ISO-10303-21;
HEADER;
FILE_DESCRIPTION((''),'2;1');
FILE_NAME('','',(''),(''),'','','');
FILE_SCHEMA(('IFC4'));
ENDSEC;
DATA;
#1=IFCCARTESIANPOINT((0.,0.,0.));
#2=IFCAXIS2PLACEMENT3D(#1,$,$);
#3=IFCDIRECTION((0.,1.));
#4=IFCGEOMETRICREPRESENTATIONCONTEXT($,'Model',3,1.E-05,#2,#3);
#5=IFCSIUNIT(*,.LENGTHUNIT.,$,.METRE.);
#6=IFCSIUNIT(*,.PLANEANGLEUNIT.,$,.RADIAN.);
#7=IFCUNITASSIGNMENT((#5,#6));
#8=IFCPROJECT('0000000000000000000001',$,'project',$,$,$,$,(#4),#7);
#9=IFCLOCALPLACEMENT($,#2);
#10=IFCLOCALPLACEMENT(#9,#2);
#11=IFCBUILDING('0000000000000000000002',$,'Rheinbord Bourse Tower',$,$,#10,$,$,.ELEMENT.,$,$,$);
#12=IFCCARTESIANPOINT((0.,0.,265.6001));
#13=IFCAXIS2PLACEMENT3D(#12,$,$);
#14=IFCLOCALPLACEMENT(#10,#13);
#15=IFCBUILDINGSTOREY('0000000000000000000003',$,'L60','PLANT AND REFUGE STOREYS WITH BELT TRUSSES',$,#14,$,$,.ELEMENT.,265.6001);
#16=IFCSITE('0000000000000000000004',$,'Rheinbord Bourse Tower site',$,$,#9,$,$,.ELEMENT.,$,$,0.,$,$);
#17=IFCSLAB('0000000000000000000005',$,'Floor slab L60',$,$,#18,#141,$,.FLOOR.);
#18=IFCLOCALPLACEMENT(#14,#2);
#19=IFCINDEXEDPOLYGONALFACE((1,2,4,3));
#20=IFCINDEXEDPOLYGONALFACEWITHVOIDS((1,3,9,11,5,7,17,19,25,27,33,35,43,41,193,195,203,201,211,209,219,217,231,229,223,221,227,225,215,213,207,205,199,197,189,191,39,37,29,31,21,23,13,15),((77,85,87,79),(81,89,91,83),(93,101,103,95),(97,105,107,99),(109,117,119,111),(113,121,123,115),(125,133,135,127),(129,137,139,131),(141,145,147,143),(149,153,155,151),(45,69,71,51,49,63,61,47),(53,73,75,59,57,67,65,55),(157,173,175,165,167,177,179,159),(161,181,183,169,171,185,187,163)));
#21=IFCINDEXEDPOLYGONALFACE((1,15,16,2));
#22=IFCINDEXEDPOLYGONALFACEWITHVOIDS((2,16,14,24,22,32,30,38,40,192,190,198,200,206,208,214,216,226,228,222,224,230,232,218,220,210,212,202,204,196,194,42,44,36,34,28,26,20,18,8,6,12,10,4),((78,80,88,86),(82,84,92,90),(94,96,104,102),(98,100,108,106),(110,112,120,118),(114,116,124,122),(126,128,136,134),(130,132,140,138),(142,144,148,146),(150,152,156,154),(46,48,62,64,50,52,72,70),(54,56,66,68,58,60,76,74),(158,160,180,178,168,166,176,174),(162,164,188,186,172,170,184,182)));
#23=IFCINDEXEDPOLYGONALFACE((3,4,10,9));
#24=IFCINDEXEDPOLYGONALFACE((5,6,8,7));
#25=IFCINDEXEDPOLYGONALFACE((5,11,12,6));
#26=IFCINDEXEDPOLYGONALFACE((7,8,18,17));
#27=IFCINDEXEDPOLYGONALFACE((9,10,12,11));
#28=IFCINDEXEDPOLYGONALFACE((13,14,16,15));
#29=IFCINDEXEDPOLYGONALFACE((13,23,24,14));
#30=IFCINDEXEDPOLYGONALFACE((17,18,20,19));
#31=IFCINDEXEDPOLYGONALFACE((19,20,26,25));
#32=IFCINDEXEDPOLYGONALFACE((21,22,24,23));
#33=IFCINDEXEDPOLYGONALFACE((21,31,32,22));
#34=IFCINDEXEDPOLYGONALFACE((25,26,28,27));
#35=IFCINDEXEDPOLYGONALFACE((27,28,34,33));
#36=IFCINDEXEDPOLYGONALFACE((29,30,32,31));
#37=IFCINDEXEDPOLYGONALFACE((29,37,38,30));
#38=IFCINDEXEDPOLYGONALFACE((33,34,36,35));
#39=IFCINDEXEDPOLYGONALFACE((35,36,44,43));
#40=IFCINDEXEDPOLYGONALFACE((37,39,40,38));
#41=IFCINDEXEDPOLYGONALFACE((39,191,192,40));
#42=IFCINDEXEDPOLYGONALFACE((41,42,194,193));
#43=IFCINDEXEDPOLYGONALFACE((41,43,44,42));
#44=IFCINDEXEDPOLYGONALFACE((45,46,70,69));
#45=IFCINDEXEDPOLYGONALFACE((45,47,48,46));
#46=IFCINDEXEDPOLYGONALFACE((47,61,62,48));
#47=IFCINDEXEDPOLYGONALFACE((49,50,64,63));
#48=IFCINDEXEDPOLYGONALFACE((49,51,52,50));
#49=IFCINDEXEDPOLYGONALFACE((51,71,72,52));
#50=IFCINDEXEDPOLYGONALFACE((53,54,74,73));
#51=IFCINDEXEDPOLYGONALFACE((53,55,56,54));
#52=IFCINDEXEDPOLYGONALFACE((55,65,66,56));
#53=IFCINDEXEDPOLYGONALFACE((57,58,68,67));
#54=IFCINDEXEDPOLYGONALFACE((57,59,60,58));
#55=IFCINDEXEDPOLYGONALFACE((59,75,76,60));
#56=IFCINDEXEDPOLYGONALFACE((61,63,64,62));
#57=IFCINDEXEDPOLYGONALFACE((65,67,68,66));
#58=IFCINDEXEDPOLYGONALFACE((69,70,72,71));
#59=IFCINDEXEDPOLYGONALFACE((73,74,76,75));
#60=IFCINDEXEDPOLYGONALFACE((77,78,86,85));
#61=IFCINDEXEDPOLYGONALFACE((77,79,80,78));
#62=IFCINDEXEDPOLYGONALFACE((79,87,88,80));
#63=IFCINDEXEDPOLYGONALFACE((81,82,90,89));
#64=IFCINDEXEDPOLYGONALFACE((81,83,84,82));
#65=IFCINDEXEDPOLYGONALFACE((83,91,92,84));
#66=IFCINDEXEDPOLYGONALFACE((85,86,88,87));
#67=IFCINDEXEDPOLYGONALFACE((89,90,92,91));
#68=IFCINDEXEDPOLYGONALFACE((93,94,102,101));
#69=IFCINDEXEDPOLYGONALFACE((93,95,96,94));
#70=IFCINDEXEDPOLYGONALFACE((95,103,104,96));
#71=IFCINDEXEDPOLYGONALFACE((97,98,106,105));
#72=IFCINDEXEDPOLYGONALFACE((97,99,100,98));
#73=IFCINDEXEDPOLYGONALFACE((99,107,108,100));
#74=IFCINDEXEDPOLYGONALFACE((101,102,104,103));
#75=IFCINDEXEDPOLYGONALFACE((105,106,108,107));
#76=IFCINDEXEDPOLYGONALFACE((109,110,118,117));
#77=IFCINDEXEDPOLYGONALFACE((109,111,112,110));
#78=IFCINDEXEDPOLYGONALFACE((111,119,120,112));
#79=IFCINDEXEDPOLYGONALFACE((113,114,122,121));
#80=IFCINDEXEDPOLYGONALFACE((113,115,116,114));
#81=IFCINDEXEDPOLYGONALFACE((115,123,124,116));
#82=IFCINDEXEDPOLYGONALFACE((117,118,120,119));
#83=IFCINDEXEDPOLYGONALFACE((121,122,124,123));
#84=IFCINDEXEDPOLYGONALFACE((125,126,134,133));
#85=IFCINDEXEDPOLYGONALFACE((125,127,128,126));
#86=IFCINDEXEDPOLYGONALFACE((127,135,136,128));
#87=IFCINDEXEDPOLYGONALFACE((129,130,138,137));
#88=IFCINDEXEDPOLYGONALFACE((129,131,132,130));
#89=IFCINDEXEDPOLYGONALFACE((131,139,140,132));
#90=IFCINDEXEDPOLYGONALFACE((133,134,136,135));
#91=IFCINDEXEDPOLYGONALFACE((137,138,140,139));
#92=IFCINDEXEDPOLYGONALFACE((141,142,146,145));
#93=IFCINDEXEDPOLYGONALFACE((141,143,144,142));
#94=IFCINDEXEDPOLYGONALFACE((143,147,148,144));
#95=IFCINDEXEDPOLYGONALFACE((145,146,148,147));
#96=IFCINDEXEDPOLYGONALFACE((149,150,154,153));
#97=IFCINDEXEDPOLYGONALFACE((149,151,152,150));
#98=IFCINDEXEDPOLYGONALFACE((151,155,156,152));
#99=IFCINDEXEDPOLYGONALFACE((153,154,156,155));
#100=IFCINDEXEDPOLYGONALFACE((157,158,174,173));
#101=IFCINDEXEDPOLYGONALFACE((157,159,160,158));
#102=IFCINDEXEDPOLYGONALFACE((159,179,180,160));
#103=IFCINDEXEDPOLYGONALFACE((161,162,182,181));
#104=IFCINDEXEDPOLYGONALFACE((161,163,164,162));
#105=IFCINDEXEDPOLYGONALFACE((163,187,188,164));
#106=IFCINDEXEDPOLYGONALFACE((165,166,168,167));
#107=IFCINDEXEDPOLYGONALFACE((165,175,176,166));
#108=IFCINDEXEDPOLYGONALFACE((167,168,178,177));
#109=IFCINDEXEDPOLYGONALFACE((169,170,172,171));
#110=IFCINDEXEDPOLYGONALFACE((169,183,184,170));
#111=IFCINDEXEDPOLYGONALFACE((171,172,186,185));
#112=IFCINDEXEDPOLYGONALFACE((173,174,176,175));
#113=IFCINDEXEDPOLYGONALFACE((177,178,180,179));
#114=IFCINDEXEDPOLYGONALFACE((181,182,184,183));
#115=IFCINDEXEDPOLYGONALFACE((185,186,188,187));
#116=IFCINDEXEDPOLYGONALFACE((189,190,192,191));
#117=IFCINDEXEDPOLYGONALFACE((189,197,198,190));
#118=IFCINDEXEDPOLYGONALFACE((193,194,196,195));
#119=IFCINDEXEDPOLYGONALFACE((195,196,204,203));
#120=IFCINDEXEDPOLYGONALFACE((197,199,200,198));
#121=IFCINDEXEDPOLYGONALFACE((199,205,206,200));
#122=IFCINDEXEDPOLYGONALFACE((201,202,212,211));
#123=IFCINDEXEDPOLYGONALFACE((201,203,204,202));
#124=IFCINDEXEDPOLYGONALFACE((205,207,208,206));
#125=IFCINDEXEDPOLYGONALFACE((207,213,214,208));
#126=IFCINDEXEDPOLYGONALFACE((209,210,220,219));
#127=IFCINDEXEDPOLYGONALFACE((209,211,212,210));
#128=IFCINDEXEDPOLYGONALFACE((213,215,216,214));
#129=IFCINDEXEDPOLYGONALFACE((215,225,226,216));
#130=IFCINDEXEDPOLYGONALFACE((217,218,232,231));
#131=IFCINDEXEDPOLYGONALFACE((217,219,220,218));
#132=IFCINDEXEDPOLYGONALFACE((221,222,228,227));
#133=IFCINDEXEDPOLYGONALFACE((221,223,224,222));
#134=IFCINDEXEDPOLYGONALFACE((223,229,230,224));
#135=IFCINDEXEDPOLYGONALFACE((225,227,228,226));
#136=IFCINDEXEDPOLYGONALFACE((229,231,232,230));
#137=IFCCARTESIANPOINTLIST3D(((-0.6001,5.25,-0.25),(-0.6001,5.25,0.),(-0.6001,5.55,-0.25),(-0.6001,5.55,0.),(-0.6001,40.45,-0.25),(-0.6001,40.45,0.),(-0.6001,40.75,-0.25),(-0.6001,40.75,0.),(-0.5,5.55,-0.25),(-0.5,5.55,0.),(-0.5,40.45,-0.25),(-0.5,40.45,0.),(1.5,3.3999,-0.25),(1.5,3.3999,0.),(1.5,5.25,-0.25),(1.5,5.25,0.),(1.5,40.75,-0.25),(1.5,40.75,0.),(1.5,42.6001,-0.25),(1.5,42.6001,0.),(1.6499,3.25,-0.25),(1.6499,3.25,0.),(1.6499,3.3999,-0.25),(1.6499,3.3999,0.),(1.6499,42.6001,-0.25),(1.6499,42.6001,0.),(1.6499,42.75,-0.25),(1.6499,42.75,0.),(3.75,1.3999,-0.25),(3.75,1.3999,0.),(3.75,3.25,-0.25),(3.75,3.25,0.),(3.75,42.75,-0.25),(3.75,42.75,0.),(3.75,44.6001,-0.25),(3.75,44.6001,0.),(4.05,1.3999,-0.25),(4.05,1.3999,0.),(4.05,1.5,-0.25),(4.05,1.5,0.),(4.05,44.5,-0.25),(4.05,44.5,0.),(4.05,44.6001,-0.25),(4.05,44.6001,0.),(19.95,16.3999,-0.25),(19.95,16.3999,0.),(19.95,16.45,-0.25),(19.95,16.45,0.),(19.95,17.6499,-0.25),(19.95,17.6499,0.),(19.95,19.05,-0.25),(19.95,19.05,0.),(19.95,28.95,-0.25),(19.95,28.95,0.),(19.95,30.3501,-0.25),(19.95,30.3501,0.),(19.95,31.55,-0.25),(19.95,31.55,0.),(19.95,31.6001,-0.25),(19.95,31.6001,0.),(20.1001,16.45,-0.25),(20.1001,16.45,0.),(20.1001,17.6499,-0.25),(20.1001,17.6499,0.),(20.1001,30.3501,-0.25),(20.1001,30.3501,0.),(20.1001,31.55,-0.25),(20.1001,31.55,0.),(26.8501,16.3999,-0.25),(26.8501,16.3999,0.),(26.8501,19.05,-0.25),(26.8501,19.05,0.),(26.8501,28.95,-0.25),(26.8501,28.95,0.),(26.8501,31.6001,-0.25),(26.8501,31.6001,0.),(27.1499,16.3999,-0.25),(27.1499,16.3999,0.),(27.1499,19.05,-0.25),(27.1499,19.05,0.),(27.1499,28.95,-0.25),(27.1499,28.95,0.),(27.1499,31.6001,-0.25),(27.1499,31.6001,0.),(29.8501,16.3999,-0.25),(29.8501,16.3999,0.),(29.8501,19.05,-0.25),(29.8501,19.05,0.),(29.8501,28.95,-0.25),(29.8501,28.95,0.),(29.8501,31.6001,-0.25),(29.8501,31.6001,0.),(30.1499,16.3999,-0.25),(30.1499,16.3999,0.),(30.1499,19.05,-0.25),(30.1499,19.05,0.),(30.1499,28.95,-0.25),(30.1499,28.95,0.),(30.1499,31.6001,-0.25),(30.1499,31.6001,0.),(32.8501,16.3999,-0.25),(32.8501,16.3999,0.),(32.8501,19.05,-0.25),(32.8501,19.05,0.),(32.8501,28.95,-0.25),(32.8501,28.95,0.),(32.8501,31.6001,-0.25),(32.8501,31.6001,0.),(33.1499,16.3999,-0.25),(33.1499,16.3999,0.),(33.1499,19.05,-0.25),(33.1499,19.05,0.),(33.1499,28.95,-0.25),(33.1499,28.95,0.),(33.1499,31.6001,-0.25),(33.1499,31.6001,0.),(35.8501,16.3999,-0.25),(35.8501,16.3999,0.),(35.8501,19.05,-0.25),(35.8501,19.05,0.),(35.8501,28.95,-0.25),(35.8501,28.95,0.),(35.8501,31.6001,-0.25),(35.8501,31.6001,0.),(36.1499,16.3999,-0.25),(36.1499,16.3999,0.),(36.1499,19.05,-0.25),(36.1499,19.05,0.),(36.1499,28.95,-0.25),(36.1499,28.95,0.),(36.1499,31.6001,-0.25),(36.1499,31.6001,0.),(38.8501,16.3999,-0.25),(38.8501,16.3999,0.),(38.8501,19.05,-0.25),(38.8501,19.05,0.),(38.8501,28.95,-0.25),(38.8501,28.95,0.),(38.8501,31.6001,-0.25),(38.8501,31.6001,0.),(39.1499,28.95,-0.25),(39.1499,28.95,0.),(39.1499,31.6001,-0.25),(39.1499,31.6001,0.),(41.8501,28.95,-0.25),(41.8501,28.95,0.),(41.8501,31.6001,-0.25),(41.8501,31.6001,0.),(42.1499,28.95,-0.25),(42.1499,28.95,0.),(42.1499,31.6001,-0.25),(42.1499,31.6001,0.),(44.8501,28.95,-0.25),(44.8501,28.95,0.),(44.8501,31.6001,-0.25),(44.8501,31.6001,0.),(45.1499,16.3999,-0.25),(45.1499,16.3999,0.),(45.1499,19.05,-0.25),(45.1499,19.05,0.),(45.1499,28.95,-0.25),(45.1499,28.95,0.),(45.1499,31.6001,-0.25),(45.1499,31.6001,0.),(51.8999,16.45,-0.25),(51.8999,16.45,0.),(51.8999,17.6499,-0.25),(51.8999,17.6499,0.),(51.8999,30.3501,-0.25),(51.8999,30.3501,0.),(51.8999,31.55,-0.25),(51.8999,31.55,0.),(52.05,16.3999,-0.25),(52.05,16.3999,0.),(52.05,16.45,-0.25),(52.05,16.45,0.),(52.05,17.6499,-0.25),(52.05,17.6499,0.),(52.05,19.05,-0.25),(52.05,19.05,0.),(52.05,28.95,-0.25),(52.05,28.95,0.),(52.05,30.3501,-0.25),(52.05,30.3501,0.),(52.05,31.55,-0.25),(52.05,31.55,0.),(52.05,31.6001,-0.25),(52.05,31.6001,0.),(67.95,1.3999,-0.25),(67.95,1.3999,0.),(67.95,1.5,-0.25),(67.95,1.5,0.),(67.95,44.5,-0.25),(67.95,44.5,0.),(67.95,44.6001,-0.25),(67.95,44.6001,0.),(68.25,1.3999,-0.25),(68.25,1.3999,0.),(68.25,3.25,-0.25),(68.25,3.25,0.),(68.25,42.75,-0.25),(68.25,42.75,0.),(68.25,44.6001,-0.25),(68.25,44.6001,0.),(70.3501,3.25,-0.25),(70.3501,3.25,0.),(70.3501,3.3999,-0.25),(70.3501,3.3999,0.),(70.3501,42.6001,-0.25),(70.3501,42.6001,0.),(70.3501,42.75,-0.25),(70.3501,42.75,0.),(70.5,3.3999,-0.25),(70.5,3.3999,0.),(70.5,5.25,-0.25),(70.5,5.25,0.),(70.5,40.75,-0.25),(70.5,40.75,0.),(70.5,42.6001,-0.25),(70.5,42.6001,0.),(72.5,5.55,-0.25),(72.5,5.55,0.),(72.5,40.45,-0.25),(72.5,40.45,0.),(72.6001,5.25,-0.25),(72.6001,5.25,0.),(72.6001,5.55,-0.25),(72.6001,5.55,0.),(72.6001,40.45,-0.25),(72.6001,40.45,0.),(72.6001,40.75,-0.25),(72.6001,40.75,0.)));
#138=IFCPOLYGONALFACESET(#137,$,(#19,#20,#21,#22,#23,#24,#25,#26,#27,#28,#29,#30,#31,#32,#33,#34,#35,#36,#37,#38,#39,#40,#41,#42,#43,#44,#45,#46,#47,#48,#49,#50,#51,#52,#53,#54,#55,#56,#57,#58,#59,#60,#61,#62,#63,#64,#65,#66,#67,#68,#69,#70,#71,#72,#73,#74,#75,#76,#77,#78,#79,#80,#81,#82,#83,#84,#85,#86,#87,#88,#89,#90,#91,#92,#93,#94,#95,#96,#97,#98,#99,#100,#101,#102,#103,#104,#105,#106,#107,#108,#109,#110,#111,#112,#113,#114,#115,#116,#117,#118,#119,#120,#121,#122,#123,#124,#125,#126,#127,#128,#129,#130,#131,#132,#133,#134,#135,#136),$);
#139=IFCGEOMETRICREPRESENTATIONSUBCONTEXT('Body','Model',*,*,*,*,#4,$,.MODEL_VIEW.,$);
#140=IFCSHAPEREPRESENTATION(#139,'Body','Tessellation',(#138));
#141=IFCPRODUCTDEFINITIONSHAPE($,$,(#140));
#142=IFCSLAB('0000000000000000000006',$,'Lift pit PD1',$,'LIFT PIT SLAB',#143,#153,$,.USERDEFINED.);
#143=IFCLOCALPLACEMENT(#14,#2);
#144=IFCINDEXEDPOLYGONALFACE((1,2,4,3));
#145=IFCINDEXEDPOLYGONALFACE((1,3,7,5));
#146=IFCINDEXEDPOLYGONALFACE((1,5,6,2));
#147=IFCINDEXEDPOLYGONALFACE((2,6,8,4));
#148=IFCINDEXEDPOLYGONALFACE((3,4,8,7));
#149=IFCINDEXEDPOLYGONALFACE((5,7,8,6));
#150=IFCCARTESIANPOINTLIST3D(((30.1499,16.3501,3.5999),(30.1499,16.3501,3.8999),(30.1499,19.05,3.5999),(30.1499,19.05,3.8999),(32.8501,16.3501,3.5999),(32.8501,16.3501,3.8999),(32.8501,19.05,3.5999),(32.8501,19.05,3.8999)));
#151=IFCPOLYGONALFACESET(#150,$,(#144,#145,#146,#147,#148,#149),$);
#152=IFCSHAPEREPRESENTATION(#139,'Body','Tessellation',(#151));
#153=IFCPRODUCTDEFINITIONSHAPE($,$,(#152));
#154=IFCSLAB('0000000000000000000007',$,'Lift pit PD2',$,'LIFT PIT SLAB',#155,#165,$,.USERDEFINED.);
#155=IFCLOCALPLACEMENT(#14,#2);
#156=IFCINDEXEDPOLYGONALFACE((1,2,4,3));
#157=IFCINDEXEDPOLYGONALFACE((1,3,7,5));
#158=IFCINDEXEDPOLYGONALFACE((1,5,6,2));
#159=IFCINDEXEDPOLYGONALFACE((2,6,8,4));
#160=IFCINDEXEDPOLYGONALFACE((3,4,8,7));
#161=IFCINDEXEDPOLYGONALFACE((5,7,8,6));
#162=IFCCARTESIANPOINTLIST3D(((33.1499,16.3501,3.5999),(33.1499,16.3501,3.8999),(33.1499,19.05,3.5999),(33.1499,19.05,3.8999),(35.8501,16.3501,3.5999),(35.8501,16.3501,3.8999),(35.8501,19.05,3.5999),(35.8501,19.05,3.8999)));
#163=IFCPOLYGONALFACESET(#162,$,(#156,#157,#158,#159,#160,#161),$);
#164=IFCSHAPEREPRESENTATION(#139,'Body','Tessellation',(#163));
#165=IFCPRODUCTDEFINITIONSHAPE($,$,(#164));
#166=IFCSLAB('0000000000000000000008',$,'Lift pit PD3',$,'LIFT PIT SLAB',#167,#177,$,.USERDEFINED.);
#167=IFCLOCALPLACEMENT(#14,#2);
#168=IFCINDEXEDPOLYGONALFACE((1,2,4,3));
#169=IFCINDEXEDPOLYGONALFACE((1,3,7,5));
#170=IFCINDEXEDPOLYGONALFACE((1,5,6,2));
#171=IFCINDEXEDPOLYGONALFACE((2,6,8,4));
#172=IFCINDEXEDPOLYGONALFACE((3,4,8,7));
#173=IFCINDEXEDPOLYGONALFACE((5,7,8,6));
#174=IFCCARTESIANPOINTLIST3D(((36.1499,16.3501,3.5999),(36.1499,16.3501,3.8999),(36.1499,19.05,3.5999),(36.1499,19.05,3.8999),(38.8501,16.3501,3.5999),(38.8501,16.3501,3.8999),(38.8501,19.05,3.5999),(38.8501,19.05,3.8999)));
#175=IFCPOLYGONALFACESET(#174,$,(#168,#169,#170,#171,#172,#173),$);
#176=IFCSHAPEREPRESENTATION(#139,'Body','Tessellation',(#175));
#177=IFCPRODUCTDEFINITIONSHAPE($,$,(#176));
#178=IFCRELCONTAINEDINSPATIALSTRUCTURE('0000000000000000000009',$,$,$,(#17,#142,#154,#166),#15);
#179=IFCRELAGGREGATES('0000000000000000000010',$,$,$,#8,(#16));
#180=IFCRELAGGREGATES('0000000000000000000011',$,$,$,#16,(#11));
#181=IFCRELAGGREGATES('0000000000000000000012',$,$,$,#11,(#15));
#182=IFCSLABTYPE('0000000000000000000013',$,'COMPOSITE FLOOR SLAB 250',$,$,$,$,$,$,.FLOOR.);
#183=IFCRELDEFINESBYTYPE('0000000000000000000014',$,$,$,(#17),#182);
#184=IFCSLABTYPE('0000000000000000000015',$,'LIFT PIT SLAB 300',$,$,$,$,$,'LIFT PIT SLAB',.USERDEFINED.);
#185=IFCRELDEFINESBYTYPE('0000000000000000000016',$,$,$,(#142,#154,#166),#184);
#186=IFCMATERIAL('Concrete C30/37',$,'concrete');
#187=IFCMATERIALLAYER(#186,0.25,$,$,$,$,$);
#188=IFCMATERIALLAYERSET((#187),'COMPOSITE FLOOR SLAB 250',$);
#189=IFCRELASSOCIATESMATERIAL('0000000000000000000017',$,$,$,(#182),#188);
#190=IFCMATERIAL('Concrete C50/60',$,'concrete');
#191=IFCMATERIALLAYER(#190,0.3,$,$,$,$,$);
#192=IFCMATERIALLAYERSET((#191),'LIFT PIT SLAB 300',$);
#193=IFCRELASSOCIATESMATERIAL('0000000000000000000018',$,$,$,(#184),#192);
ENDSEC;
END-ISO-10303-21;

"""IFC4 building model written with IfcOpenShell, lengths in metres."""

from ifc_helpers import new_model, si_unit, direction, frame, origin, place, context, subcontext, project, spatial, polyline, outline, extrude, material, layer, layer_set, type_object, element, save


model = new_model("IFC4")

# Units and contexts
model_context = context("Model", 3, precision=1e-05, world=origin(), true_north=direction((0.0, 1.0)))
body_context = subcontext(model_context, "Body", "Model", "MODEL_VIEW")
ifc_project = project(units=[si_unit("LENGTHUNIT", "METRE"), si_unit("PLANEANGLEUNIT", "RADIAN")], contexts=[model_context])

# Site, building, storey
site_placement = place(None, origin())
site = spatial("IfcSite", under=ifc_project, at=site_placement, Name="Rheinbord Bourse Tower site", CompositionType="ELEMENT", RefElevation=0.0)
building_placement = place(site_placement, origin())
building = spatial("IfcBuilding", under=site, at=building_placement, Name="Rheinbord Bourse Tower", CompositionType="ELEMENT")
storey_placement = place(building_placement, frame((0.0, 0.0, 265.6001)))
storey = spatial("IfcBuildingStorey", under=building, at=storey_placement, Name="L60", Description="PLANT AND REFUGE STOREYS WITH BELT TRUSSES", CompositionType="ELEMENT", Elevation=265.6001)

# Slabs
ifc_material_1 = material(Name="Concrete C30/37", Category="concrete")
ifc_layer_1 = layer(ifc_material_1, 0.25)
ifc_layer_set_1 = layer_set([ifc_layer_1], Name="COMPOSITE FLOOR SLAB 250")
slab_type_1 = type_object("IfcSlabType", Name="COMPOSITE FLOOR SLAB 250", PredefinedType="FLOOR", material=ifc_layer_set_1)
slab_1_placement = place(storey_placement, frame((0.0, 0.0, -0.25)))
element("IfcSlab", 1, at=slab_1_placement, inside=storey, type_object=slab_type_1, Name="Floor slab L60", PredefinedType="FLOOR", context=body_context, shape_type="SweptSolid", body=[
    extrude(outline(polyline([(1.6499, 3.3999), (1.5, 3.3999), (1.5, 5.25), (-0.6001, 5.25), (-0.6001, 5.55), (-0.5, 5.55), (-0.5, 40.45), (-0.6001, 40.45), (-0.6001, 40.75), (1.5, 40.75), (1.5, 42.6001), (1.6499, 42.6001), (1.6499, 42.75), (3.75, 42.75), (3.75, 44.6001), (4.05, 44.6001), (4.05, 44.5), (67.95, 44.5), (67.95, 44.6001), (68.25, 44.6001), (68.25, 42.75), (70.3501, 42.75), (70.3501, 42.6001), (70.5, 42.6001), (70.5, 40.75), (72.6001, 40.75), (72.6001, 40.45), (72.5, 40.45), (72.5, 5.55), (72.6001, 5.55), (72.6001, 5.25), (70.5, 5.25), (70.5, 3.3999), (70.3501, 3.3999), (70.3501, 3.25), (68.25, 3.25), (68.25, 1.3999), (67.95, 1.3999), (67.95, 1.5), (4.05, 1.5), (4.05, 1.3999), (3.75, 1.3999), (3.75, 3.25), (1.6499, 3.25), (1.6499, 3.3999)]), holes=[polyline([(19.95, 19.05), (26.8501, 19.05), (26.8501, 16.3999), (19.95, 16.3999), (19.95, 16.45), (20.1001, 16.45), (20.1001, 17.6499), (19.95, 17.6499), (19.95, 19.05)]), polyline([(19.95, 31.6001), (26.8501, 31.6001), (26.8501, 28.95), (19.95, 28.95), (19.95, 30.3501), (20.1001, 30.3501), (20.1001, 31.55), (19.95, 31.55), (19.95, 31.6001)]), polyline([(52.05, 16.3999), (45.1499, 16.3999), (45.1499, 19.05), (52.05, 19.05), (52.05, 17.6499), (51.8999, 17.6499), (51.8999, 16.45), (52.05, 16.45), (52.05, 16.3999)]), polyline([(52.05, 28.95), (45.1499, 28.95), (45.1499, 31.6001), (52.05, 31.6001), (52.05, 31.55), (51.8999, 31.55), (51.8999, 30.3501), (52.05, 30.3501), (52.05, 28.95)]), polyline([(27.1499, 16.3999), (27.1499, 19.05), (29.8501, 19.05), (29.8501, 16.3999), (27.1499, 16.3999)]), polyline([(27.1499, 28.95), (27.1499, 31.6001), (29.8501, 31.6001), (29.8501, 28.95), (27.1499, 28.95)]), polyline([(30.1499, 16.3999), (30.1499, 19.05), (32.8501, 19.05), (32.8501, 16.3999), (30.1499, 16.3999)]), polyline([(30.1499, 28.95), (30.1499, 31.6001), (32.8501, 31.6001), (32.8501, 28.95), (30.1499, 28.95)]), polyline([(33.1499, 16.3999), (33.1499, 19.05), (35.8501, 19.05), (35.8501, 16.3999), (33.1499, 16.3999)]), polyline([(33.1499, 28.95), (33.1499, 31.6001), (35.8501, 31.6001), (35.8501, 28.95), (33.1499, 28.95)]), polyline([(36.1499, 16.3999), (36.1499, 19.05), (38.8501, 19.05), (38.8501, 16.3999), (36.1499, 16.3999)]), polyline([(36.1499, 28.95), (36.1499, 31.6001), (38.8501, 31.6001), (38.8501, 28.95), (36.1499, 28.95)]), polyline([(39.1499, 28.95), (39.1499, 31.6001), (41.8501, 31.6001), (41.8501, 28.95), (39.1499, 28.95)]), polyline([(42.1499, 28.95), (42.1499, 31.6001), (44.8501, 31.6001), (44.8501, 28.95), (42.1499, 28.95)])]), origin(), (0.0, 0.0, 1.0), 0.25),
])
ifc_material_2 = material(Name="Concrete C50/60", Category="concrete")
ifc_layer_2 = layer(ifc_material_2, 0.3)
ifc_layer_set_2 = layer_set([ifc_layer_2], Name="LIFT PIT SLAB 300")
slab_type_2 = type_object("IfcSlabType", Name="LIFT PIT SLAB 300", ElementType="LIFT PIT SLAB", PredefinedType="USERDEFINED", material=ifc_layer_set_2)
slab_2_placement = place(storey_placement, frame((0.0, 0.0, 3.5999)))
element("IfcSlab", 2, at=slab_2_placement, inside=storey, type_object=slab_type_2, Name="Lift pit PD1", ObjectType="LIFT PIT SLAB", PredefinedType="USERDEFINED", context=body_context, shape_type="SweptSolid", body=[
    extrude(outline(polyline([(30.1499, 16.3501), (32.8501, 16.3501), (32.8501, 19.05), (30.1499, 19.05), (30.1499, 16.3501)])), origin(), (0.0, 0.0, 1.0), 0.3),
])
slab_3_placement = place(storey_placement, frame((0.0, 0.0, 3.5999)))
element("IfcSlab", 3, at=slab_3_placement, inside=storey, type_object=slab_type_2, Name="Lift pit PD2", ObjectType="LIFT PIT SLAB", PredefinedType="USERDEFINED", context=body_context, shape_type="SweptSolid", body=[
    extrude(outline(polyline([(33.1499, 16.3501), (35.8501, 16.3501), (35.8501, 19.05), (33.1499, 19.05), (33.1499, 16.3501)])), origin(), (0.0, 0.0, 1.0), 0.3),
])
slab_4_placement = place(storey_placement, frame((0.0, 0.0, 3.5999)))
element("IfcSlab", 4, at=slab_4_placement, inside=storey, type_object=slab_type_2, Name="Lift pit PD3", ObjectType="LIFT PIT SLAB", PredefinedType="USERDEFINED", context=body_context, shape_type="SweptSolid", body=[
    extrude(outline(polyline([(36.1499, 16.3501), (38.8501, 16.3501), (38.8501, 19.05), (36.1499, 19.05), (36.1499, 16.3501)])), origin(), (0.0, 0.0, 1.0), 0.3),
])

save(model, "model.ifc")
